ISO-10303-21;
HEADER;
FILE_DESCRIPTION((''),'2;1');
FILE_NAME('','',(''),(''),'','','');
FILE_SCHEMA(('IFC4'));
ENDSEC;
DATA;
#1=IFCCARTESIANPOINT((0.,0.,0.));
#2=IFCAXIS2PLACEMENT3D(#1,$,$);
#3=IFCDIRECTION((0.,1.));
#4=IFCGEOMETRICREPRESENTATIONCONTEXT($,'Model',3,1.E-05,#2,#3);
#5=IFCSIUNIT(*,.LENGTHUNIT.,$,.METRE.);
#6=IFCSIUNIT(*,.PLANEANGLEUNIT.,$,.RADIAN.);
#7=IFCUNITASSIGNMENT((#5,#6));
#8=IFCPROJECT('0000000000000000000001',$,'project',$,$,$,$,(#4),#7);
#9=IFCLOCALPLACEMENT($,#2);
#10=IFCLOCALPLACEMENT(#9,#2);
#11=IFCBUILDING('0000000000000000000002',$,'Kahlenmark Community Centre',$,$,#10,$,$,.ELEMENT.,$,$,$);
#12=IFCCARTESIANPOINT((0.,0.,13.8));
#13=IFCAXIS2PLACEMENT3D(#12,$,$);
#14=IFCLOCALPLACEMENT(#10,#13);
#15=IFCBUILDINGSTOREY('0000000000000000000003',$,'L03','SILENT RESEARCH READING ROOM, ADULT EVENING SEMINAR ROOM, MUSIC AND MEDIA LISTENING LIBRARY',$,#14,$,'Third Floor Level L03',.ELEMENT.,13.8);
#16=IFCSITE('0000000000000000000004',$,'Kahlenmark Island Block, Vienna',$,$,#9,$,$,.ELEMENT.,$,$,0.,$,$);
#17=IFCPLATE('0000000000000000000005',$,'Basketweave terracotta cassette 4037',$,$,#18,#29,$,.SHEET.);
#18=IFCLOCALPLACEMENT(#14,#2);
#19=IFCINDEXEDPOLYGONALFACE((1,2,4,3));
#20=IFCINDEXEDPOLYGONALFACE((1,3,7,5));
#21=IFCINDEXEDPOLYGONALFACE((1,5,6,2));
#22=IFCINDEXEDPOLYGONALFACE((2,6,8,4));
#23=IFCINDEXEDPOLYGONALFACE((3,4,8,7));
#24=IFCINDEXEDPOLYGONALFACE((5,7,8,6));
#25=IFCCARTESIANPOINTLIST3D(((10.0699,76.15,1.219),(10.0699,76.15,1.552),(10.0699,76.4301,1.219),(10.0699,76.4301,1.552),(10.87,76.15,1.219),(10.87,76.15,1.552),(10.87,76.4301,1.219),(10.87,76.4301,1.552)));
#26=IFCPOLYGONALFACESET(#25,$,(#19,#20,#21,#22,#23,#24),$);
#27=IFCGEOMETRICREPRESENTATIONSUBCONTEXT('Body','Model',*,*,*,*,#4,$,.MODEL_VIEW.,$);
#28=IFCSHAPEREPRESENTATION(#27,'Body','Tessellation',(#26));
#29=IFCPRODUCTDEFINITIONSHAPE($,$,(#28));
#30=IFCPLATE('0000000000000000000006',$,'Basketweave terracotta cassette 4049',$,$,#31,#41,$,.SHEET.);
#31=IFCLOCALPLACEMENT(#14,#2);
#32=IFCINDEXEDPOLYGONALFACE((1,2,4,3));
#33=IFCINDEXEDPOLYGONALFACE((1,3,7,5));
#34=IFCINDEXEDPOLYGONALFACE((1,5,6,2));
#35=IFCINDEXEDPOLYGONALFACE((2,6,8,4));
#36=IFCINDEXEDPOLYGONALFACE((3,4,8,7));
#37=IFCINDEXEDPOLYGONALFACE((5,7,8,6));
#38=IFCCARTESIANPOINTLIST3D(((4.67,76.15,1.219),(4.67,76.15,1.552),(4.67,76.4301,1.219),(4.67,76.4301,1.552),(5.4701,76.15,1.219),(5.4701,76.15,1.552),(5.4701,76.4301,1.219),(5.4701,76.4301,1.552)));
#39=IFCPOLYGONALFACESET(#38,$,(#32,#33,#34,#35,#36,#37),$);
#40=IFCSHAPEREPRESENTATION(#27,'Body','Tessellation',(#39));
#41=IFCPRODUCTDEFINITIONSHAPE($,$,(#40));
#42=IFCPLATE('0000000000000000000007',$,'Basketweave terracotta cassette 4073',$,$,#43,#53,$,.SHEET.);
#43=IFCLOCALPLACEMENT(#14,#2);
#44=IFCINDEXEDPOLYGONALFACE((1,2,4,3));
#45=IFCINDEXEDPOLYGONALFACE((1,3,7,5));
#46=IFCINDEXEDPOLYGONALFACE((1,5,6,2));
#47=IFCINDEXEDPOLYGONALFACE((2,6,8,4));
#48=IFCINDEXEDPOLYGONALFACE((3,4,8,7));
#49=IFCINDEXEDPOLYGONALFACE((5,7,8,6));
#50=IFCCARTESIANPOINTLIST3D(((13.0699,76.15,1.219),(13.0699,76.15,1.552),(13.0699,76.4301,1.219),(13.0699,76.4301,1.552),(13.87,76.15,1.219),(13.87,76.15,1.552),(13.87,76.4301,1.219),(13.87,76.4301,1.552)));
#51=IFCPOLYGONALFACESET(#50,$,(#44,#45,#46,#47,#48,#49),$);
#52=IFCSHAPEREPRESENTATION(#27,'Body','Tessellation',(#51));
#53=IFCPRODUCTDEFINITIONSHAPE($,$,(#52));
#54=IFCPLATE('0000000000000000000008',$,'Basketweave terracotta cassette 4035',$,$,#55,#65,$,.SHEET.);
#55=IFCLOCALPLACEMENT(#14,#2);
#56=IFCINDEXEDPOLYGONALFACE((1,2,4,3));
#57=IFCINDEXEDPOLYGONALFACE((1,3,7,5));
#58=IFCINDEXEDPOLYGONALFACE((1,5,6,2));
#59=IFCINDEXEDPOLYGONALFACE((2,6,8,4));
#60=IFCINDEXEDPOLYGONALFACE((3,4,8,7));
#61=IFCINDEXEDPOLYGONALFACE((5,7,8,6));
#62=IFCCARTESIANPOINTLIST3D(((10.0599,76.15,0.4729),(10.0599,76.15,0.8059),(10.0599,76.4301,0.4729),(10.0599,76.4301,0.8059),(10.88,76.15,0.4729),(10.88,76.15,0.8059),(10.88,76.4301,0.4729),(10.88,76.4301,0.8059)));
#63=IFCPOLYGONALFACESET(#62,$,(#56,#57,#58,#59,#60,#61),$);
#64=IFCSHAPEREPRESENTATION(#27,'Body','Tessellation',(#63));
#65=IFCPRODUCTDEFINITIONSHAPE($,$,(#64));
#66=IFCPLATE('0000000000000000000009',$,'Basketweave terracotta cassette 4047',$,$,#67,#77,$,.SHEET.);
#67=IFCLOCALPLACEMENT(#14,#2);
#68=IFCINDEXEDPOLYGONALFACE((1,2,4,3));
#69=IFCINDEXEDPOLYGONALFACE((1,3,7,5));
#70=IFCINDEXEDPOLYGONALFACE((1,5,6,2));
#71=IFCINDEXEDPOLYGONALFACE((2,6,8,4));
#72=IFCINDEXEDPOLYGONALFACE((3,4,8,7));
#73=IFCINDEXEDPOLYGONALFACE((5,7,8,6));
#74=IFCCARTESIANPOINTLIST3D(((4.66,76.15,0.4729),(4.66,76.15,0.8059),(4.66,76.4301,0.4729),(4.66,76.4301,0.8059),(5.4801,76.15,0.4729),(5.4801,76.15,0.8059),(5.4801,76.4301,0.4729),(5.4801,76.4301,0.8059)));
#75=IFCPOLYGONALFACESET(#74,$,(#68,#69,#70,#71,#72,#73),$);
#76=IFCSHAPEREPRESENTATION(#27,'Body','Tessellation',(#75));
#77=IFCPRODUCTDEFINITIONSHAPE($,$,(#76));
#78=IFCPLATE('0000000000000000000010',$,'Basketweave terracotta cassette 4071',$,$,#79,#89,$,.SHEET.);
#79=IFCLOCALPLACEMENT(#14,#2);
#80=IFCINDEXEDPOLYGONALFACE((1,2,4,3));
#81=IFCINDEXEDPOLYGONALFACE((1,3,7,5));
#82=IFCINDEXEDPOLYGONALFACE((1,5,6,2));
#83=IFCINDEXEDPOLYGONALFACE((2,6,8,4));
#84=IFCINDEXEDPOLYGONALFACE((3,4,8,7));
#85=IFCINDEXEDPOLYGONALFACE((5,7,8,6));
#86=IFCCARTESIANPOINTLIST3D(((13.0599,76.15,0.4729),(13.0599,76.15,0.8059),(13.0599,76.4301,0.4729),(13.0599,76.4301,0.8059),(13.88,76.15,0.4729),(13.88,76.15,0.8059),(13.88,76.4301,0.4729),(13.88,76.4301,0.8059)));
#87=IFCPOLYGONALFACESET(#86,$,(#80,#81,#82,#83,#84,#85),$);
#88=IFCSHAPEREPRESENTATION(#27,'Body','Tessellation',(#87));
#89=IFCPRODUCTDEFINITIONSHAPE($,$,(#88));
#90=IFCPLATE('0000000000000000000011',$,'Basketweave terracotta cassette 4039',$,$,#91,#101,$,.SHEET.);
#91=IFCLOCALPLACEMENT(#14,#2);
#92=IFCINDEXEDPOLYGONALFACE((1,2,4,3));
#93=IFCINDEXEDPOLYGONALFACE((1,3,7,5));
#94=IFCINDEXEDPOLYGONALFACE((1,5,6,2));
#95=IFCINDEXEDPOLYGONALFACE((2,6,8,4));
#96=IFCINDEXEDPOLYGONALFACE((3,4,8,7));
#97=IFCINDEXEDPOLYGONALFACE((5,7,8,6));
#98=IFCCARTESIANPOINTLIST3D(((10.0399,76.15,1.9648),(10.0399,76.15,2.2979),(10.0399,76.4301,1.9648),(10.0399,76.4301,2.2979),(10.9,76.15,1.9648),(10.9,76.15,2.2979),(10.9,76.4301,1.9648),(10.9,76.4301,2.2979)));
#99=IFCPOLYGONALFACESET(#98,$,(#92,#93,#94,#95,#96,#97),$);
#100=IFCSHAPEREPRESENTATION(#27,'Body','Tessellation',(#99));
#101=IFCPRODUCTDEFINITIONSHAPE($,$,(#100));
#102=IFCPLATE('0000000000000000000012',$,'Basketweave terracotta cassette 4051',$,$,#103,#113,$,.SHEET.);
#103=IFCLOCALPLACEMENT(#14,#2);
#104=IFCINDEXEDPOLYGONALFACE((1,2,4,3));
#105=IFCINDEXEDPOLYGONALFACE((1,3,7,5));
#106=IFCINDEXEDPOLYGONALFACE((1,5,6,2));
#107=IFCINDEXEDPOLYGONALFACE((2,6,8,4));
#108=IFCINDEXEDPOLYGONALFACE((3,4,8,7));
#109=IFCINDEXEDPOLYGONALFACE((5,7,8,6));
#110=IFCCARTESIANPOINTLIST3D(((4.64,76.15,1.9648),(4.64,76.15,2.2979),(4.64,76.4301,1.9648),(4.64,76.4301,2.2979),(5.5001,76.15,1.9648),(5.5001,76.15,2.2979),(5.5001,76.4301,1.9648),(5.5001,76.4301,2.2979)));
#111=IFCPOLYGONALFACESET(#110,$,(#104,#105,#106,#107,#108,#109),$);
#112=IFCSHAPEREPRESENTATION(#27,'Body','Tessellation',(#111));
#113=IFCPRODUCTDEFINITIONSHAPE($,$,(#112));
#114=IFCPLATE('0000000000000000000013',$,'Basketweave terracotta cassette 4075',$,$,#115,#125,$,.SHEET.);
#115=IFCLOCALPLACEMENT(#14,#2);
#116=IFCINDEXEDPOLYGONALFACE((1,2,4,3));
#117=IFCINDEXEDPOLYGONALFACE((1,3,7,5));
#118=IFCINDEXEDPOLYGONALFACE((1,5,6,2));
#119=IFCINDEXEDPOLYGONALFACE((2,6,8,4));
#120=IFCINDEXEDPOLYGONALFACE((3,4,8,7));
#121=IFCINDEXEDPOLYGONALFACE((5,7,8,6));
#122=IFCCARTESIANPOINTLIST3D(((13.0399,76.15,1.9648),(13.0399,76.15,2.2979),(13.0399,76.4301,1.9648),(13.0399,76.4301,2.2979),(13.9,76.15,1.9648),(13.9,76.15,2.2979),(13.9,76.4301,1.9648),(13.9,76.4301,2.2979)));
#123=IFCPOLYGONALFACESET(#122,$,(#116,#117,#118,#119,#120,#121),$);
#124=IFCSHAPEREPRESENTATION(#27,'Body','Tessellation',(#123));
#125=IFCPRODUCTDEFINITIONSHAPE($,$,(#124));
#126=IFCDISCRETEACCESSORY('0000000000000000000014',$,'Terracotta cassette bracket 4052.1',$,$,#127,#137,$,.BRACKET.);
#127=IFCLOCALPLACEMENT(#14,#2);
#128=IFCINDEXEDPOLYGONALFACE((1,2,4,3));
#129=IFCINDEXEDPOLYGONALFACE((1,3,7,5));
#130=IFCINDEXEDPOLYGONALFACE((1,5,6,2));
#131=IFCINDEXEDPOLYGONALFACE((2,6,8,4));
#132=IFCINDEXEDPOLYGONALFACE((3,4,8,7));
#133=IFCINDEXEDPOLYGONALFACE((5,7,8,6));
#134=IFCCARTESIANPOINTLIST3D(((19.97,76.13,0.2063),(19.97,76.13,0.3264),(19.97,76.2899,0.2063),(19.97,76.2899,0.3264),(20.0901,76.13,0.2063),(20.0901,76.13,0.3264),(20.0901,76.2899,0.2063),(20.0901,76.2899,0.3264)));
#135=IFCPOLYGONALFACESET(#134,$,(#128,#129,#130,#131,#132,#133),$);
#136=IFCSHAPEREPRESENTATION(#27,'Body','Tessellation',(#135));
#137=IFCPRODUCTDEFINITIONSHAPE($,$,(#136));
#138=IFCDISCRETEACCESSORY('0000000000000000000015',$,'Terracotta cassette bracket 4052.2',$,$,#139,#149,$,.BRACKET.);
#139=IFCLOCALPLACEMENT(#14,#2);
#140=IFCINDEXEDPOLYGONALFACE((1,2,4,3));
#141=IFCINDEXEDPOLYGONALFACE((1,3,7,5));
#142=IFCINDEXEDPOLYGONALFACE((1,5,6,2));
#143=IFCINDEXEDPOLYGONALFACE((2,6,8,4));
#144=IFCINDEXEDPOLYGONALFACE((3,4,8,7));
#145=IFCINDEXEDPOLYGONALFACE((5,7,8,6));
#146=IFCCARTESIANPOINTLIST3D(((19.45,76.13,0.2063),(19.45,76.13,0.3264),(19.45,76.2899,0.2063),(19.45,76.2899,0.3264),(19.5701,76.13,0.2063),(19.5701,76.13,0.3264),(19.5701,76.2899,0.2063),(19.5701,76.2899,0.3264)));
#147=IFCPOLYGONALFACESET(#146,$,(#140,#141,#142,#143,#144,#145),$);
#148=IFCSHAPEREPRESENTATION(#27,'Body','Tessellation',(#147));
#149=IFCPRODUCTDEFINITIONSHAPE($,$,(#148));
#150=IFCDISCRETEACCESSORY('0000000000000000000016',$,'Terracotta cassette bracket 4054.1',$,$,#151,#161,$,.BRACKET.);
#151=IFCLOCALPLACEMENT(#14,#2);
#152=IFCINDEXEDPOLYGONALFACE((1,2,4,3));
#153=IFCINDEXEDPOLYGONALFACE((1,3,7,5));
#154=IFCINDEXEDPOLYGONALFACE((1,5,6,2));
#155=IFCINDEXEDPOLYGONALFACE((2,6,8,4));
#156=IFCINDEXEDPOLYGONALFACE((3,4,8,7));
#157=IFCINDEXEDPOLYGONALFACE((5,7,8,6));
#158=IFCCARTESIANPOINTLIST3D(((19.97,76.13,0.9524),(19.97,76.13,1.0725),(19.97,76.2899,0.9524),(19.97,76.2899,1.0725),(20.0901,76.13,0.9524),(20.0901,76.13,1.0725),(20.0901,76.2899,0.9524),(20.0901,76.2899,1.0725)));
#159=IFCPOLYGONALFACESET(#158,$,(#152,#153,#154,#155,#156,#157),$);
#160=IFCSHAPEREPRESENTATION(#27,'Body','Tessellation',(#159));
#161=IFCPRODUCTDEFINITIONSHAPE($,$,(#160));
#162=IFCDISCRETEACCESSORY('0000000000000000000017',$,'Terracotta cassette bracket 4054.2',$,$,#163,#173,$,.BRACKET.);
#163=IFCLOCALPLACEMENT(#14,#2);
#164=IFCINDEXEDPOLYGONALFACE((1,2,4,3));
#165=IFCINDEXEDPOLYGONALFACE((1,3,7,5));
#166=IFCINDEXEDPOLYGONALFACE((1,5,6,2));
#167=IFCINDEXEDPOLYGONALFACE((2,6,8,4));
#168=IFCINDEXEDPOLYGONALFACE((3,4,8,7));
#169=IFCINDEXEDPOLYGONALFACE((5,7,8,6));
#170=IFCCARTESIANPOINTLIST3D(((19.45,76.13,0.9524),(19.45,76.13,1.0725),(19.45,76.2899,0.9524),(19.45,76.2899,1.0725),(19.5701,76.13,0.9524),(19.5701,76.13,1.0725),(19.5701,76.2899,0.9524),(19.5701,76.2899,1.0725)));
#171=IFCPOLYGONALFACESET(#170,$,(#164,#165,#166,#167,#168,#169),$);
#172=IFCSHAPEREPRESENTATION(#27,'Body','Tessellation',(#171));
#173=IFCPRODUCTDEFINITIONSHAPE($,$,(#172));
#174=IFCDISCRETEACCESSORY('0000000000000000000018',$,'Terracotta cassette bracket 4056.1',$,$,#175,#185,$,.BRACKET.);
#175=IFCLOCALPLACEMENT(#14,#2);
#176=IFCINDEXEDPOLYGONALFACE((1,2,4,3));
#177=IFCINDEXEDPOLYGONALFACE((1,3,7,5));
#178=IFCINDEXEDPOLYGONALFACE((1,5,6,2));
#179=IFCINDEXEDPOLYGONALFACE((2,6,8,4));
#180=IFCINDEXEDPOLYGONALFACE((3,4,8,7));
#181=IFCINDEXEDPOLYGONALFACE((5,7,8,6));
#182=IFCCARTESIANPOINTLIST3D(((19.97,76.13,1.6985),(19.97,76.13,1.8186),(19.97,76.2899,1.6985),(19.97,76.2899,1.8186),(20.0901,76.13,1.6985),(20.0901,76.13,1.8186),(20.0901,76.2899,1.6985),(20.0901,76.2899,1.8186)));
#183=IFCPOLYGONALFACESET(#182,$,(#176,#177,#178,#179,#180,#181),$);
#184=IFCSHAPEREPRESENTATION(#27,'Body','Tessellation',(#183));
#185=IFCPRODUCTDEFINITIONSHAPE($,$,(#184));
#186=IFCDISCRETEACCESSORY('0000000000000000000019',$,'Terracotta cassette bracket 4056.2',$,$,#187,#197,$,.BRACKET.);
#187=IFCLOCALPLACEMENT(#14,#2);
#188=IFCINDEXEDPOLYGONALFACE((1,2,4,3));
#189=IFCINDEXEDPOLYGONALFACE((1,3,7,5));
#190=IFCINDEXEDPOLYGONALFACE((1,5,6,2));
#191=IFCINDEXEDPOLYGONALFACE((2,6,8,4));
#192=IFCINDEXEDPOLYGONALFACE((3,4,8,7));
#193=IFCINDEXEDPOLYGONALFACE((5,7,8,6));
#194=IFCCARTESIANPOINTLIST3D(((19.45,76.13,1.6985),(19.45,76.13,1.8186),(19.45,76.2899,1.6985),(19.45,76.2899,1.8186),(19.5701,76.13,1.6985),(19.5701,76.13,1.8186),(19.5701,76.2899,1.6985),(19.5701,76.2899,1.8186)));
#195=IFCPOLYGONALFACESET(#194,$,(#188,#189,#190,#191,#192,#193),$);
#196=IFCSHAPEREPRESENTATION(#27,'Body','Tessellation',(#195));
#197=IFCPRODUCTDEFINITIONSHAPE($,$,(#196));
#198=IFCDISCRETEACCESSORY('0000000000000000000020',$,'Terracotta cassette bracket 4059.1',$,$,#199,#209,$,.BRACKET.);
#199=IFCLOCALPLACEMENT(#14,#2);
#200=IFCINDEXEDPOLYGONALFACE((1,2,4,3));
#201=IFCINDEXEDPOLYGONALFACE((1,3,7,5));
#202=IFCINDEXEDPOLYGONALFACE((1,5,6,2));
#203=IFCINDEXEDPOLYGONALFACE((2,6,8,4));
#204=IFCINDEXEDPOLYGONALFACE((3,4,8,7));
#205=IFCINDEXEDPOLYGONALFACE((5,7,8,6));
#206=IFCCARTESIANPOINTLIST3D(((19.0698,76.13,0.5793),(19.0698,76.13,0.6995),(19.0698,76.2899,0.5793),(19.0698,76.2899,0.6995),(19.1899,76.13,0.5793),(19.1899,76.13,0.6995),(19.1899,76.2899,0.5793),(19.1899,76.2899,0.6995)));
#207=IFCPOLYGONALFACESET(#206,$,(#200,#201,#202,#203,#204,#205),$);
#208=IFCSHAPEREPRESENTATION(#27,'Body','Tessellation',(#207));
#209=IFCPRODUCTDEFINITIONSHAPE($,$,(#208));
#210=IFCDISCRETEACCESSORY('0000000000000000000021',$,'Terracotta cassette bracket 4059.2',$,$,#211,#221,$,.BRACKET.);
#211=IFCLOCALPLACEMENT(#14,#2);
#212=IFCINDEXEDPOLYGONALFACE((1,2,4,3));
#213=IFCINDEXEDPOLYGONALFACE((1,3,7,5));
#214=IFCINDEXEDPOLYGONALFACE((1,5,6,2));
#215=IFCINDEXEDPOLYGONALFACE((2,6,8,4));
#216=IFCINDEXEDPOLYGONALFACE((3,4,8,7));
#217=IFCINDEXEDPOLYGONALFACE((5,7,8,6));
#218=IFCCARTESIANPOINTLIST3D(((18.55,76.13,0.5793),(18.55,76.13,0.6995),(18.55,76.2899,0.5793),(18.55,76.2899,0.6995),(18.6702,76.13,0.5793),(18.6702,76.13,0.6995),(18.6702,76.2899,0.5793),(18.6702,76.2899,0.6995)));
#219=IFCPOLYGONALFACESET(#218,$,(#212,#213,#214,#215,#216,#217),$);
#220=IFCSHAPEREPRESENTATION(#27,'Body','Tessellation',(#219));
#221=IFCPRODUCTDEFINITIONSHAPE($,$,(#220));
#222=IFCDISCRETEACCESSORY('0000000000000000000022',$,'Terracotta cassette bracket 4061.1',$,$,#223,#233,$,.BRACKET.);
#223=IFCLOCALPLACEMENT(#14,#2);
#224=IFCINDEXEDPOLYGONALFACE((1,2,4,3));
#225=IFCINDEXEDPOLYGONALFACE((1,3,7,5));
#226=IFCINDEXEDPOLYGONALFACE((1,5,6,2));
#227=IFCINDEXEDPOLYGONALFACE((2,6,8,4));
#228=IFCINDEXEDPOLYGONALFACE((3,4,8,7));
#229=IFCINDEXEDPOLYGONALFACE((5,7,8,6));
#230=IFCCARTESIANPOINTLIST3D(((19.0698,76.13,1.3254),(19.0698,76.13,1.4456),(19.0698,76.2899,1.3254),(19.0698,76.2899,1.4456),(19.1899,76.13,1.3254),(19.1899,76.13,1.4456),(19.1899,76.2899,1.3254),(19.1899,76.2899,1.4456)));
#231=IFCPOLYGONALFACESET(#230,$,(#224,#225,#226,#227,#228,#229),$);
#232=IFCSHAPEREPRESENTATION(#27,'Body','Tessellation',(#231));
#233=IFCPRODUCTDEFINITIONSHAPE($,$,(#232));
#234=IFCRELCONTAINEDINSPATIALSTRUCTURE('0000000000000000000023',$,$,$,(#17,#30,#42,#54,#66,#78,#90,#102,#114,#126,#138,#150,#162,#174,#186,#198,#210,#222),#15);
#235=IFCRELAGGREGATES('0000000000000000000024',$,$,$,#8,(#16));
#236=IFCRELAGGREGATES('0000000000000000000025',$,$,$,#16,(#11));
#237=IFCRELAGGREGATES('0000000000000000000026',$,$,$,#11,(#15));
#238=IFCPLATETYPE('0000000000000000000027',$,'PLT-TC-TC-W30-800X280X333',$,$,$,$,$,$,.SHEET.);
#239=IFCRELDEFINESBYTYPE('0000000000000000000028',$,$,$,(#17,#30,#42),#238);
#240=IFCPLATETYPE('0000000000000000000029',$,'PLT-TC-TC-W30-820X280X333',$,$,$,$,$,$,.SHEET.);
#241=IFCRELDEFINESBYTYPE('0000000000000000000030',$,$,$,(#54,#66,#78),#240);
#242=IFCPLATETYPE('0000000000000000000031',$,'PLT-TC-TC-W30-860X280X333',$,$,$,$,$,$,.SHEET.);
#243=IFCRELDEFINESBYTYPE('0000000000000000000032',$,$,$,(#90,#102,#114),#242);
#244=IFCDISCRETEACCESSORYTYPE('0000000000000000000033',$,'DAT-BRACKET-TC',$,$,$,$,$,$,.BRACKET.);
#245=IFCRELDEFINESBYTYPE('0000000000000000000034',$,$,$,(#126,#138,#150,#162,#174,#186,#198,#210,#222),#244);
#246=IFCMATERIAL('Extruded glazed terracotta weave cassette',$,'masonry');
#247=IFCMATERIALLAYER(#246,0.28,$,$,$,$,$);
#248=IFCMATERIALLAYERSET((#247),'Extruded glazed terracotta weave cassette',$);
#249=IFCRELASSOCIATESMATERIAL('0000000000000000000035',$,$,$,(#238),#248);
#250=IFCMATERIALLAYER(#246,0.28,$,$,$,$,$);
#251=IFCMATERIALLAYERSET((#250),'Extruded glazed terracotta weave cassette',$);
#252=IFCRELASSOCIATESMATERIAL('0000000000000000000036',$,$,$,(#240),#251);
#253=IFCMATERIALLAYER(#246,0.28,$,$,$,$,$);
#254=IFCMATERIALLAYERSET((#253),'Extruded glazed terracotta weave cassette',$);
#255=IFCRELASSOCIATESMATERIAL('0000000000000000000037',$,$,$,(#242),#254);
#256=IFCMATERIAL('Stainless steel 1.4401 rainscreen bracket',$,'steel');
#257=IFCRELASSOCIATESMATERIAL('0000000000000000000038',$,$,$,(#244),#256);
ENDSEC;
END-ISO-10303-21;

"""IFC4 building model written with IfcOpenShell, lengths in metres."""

from ifc_helpers import new_model, si_unit, direction, frame, origin, origin_2d, place, context, subcontext, project, spatial, rectangle, extrude, material, layer, layer_set, type_object, element, save


model = new_model("IFC4")

# Units and contexts
model_context = context("Model", 3, precision=1e-05, world=origin(), true_north=direction((0.0, 1.0)))
body_context = subcontext(model_context, "Body", "Model", "MODEL_VIEW")
ifc_project = project(units=[si_unit("LENGTHUNIT", "METRE"), si_unit("PLANEANGLEUNIT", "RADIAN")], contexts=[model_context])

# Site, building, storey
site_placement = place(None, origin())
site = spatial("IfcSite", under=ifc_project, at=site_placement, Name="Kahlenmark Island Block, Vienna", CompositionType="ELEMENT", RefElevation=0.0)
building_placement = place(site_placement, origin())
building = spatial("IfcBuilding", under=site, at=building_placement, Name="Kahlenmark Community Centre", CompositionType="ELEMENT")
storey_placement = place(building_placement, frame((0.0, 0.0, 13.8)))
storey = spatial("IfcBuildingStorey", under=building, at=storey_placement, Name="L03", Description="SILENT RESEARCH READING ROOM, ADULT EVENING SEMINAR ROOM, MUSIC AND MEDIA LISTENING LIBRARY", LongName="Third Floor Level L03", CompositionType="ELEMENT", Elevation=13.8)

# Plates
ifc_material_1 = material(Name="Extruded glazed terracotta weave cassette", Category="masonry")
ifc_layer_1 = layer(ifc_material_1, 0.28)
ifc_layer_set_1 = layer_set([ifc_layer_1], Name="Extruded glazed terracotta weave cassette")
plate_type_1 = type_object("IfcPlateType", Name="PLT-TC-TC-W30-800X280X333", PredefinedType="SHEET", material=ifc_layer_set_1)
for number, where, z_axis, x_axis, name in (
    (1, (10.47, 76.29, 1.219), (0.0, 0.0, 1.0), (-1.0, 0.0, 0.0), "Basketweave terracotta cassette 4037"),
    (2, (5.0701, 76.29, 1.219), (0.0, 0.0, 1.0), (-1.0, 0.0, 0.0), "Basketweave terracotta cassette 4049"),
    (3, (13.47, 76.29, 1.219), (0.0, 0.0, 1.0), (-1.0, 0.0, 0.0), "Basketweave terracotta cassette 4073"),
):
    element("IfcPlate", number, at=place(storey_placement, frame(where, z_axis=z_axis, x_axis=x_axis)), inside=storey, type_object=plate_type_1, Name=name, PredefinedType="SHEET", context=body_context, shape_type="SweptSolid", body=[
        extrude(rectangle(XDim=0.8, YDim=0.28, at=origin_2d()), origin(), (0.0, 0.0, 1.0), 0.333),
    ])
ifc_layer_2 = layer(ifc_material_1, 0.28)
ifc_layer_set_2 = layer_set([ifc_layer_2], Name="Extruded glazed terracotta weave cassette")
plate_type_2 = type_object("IfcPlateType", Name="PLT-TC-TC-W30-820X280X333", PredefinedType="SHEET", material=ifc_layer_set_2)
for number, where, z_axis, x_axis, name in (
    (4, (10.47, 76.29, 0.4729), (0.0, 0.0, 1.0), (-1.0, 0.0, 0.0), "Basketweave terracotta cassette 4035"),
    (5, (5.0701, 76.29, 0.4729), (0.0, 0.0, 1.0), (-1.0, 0.0, 0.0), "Basketweave terracotta cassette 4047"),
    (6, (13.47, 76.29, 0.4729), (0.0, 0.0, 1.0), (-1.0, 0.0, 0.0), "Basketweave terracotta cassette 4071"),
):
    element("IfcPlate", number, at=place(storey_placement, frame(where, z_axis=z_axis, x_axis=x_axis)), inside=storey, type_object=plate_type_2, Name=name, PredefinedType="SHEET", context=body_context, shape_type="SweptSolid", body=[
        extrude(rectangle(XDim=0.8201, YDim=0.28, at=origin_2d()), origin(), (0.0, 0.0, 1.0), 0.333),
    ])
ifc_layer_3 = layer(ifc_material_1, 0.28)
ifc_layer_set_3 = layer_set([ifc_layer_3], Name="Extruded glazed terracotta weave cassette")
plate_type_3 = type_object("IfcPlateType", Name="PLT-TC-TC-W30-860X280X333", PredefinedType="SHEET", material=ifc_layer_set_3)
for number, where, z_axis, x_axis, name in (
    (7, (10.47, 76.29, 1.9648), (0.0, 0.0, 1.0), (-1.0, 0.0, 0.0), "Basketweave terracotta cassette 4039"),
    (8, (5.0701, 76.29, 1.9648), (0.0, 0.0, 1.0), (-1.0, 0.0, 0.0), "Basketweave terracotta cassette 4051"),
    (9, (13.47, 76.29, 1.9648), (0.0, 0.0, 1.0), (-1.0, 0.0, 0.0), "Basketweave terracotta cassette 4075"),
):
    element("IfcPlate", number, at=place(storey_placement, frame(where, z_axis=z_axis, x_axis=x_axis)), inside=storey, type_object=plate_type_3, Name=name, PredefinedType="SHEET", context=body_context, shape_type="SweptSolid", body=[
        extrude(rectangle(XDim=0.8601, YDim=0.28, at=origin_2d()), origin(), (0.0, 0.0, 1.0), 0.333),
    ])

# Discrete accessories
ifc_material_2 = material(Name="Stainless steel 1.4401 rainscreen bracket", Category="steel")
discrete_accessory_type = type_object("IfcDiscreteAccessoryType", Name="DAT-BRACKET-TC", PredefinedType="BRACKET", material=ifc_material_2)
for number, where, z_axis, x_axis, name in (
    (10, (20.03, 76.21, 0.2063), (0.0, 0.0, 1.0), (-1.0, 0.0, 0.0), "Terracotta cassette bracket 4052.1"),
    (11, (19.51, 76.21, 0.2063), (0.0, 0.0, 1.0), (-1.0, 0.0, 0.0), "Terracotta cassette bracket 4052.2"),
    (12, (20.03, 76.21, 0.9524), (0.0, 0.0, 1.0), (-1.0, 0.0, 0.0), "Terracotta cassette bracket 4054.1"),
    (13, (19.51, 76.21, 0.9524), (0.0, 0.0, 1.0), (-1.0, 0.0, 0.0), "Terracotta cassette bracket 4054.2"),
    (14, (20.03, 76.21, 1.6985), (0.0, 0.0, 1.0), (-1.0, 0.0, 0.0), "Terracotta cassette bracket 4056.1"),
    (15, (19.51, 76.21, 1.6985), (0.0, 0.0, 1.0), (-1.0, 0.0, 0.0), "Terracotta cassette bracket 4056.2"),
    (16, (19.1299, 76.21, 0.5793), (0.0, 0.0, 1.0), (-1.0, 0.0, 0.0), "Terracotta cassette bracket 4059.1"),
    (17, (18.6101, 76.21, 0.5793), (0.0, 0.0, 1.0), (-1.0, 0.0, 0.0), "Terracotta cassette bracket 4059.2"),
    (18, (19.1299, 76.21, 1.3254), (0.0, 0.0, 1.0), (-1.0, 0.0, 0.0), "Terracotta cassette bracket 4061.1"),
):
    element("IfcDiscreteAccessory", number, at=place(storey_placement, frame(where, z_axis=z_axis, x_axis=x_axis)), inside=storey, type_object=discrete_accessory_type, Name=name, PredefinedType="BRACKET", context=body_context, shape_type="SweptSolid", body=[
        extrude(rectangle(XDim=0.1201, YDim=0.1599, at=origin_2d()), origin(), (0.0, 0.0, 1.0), 0.1201),
    ])

save(model, "model.ifc")
